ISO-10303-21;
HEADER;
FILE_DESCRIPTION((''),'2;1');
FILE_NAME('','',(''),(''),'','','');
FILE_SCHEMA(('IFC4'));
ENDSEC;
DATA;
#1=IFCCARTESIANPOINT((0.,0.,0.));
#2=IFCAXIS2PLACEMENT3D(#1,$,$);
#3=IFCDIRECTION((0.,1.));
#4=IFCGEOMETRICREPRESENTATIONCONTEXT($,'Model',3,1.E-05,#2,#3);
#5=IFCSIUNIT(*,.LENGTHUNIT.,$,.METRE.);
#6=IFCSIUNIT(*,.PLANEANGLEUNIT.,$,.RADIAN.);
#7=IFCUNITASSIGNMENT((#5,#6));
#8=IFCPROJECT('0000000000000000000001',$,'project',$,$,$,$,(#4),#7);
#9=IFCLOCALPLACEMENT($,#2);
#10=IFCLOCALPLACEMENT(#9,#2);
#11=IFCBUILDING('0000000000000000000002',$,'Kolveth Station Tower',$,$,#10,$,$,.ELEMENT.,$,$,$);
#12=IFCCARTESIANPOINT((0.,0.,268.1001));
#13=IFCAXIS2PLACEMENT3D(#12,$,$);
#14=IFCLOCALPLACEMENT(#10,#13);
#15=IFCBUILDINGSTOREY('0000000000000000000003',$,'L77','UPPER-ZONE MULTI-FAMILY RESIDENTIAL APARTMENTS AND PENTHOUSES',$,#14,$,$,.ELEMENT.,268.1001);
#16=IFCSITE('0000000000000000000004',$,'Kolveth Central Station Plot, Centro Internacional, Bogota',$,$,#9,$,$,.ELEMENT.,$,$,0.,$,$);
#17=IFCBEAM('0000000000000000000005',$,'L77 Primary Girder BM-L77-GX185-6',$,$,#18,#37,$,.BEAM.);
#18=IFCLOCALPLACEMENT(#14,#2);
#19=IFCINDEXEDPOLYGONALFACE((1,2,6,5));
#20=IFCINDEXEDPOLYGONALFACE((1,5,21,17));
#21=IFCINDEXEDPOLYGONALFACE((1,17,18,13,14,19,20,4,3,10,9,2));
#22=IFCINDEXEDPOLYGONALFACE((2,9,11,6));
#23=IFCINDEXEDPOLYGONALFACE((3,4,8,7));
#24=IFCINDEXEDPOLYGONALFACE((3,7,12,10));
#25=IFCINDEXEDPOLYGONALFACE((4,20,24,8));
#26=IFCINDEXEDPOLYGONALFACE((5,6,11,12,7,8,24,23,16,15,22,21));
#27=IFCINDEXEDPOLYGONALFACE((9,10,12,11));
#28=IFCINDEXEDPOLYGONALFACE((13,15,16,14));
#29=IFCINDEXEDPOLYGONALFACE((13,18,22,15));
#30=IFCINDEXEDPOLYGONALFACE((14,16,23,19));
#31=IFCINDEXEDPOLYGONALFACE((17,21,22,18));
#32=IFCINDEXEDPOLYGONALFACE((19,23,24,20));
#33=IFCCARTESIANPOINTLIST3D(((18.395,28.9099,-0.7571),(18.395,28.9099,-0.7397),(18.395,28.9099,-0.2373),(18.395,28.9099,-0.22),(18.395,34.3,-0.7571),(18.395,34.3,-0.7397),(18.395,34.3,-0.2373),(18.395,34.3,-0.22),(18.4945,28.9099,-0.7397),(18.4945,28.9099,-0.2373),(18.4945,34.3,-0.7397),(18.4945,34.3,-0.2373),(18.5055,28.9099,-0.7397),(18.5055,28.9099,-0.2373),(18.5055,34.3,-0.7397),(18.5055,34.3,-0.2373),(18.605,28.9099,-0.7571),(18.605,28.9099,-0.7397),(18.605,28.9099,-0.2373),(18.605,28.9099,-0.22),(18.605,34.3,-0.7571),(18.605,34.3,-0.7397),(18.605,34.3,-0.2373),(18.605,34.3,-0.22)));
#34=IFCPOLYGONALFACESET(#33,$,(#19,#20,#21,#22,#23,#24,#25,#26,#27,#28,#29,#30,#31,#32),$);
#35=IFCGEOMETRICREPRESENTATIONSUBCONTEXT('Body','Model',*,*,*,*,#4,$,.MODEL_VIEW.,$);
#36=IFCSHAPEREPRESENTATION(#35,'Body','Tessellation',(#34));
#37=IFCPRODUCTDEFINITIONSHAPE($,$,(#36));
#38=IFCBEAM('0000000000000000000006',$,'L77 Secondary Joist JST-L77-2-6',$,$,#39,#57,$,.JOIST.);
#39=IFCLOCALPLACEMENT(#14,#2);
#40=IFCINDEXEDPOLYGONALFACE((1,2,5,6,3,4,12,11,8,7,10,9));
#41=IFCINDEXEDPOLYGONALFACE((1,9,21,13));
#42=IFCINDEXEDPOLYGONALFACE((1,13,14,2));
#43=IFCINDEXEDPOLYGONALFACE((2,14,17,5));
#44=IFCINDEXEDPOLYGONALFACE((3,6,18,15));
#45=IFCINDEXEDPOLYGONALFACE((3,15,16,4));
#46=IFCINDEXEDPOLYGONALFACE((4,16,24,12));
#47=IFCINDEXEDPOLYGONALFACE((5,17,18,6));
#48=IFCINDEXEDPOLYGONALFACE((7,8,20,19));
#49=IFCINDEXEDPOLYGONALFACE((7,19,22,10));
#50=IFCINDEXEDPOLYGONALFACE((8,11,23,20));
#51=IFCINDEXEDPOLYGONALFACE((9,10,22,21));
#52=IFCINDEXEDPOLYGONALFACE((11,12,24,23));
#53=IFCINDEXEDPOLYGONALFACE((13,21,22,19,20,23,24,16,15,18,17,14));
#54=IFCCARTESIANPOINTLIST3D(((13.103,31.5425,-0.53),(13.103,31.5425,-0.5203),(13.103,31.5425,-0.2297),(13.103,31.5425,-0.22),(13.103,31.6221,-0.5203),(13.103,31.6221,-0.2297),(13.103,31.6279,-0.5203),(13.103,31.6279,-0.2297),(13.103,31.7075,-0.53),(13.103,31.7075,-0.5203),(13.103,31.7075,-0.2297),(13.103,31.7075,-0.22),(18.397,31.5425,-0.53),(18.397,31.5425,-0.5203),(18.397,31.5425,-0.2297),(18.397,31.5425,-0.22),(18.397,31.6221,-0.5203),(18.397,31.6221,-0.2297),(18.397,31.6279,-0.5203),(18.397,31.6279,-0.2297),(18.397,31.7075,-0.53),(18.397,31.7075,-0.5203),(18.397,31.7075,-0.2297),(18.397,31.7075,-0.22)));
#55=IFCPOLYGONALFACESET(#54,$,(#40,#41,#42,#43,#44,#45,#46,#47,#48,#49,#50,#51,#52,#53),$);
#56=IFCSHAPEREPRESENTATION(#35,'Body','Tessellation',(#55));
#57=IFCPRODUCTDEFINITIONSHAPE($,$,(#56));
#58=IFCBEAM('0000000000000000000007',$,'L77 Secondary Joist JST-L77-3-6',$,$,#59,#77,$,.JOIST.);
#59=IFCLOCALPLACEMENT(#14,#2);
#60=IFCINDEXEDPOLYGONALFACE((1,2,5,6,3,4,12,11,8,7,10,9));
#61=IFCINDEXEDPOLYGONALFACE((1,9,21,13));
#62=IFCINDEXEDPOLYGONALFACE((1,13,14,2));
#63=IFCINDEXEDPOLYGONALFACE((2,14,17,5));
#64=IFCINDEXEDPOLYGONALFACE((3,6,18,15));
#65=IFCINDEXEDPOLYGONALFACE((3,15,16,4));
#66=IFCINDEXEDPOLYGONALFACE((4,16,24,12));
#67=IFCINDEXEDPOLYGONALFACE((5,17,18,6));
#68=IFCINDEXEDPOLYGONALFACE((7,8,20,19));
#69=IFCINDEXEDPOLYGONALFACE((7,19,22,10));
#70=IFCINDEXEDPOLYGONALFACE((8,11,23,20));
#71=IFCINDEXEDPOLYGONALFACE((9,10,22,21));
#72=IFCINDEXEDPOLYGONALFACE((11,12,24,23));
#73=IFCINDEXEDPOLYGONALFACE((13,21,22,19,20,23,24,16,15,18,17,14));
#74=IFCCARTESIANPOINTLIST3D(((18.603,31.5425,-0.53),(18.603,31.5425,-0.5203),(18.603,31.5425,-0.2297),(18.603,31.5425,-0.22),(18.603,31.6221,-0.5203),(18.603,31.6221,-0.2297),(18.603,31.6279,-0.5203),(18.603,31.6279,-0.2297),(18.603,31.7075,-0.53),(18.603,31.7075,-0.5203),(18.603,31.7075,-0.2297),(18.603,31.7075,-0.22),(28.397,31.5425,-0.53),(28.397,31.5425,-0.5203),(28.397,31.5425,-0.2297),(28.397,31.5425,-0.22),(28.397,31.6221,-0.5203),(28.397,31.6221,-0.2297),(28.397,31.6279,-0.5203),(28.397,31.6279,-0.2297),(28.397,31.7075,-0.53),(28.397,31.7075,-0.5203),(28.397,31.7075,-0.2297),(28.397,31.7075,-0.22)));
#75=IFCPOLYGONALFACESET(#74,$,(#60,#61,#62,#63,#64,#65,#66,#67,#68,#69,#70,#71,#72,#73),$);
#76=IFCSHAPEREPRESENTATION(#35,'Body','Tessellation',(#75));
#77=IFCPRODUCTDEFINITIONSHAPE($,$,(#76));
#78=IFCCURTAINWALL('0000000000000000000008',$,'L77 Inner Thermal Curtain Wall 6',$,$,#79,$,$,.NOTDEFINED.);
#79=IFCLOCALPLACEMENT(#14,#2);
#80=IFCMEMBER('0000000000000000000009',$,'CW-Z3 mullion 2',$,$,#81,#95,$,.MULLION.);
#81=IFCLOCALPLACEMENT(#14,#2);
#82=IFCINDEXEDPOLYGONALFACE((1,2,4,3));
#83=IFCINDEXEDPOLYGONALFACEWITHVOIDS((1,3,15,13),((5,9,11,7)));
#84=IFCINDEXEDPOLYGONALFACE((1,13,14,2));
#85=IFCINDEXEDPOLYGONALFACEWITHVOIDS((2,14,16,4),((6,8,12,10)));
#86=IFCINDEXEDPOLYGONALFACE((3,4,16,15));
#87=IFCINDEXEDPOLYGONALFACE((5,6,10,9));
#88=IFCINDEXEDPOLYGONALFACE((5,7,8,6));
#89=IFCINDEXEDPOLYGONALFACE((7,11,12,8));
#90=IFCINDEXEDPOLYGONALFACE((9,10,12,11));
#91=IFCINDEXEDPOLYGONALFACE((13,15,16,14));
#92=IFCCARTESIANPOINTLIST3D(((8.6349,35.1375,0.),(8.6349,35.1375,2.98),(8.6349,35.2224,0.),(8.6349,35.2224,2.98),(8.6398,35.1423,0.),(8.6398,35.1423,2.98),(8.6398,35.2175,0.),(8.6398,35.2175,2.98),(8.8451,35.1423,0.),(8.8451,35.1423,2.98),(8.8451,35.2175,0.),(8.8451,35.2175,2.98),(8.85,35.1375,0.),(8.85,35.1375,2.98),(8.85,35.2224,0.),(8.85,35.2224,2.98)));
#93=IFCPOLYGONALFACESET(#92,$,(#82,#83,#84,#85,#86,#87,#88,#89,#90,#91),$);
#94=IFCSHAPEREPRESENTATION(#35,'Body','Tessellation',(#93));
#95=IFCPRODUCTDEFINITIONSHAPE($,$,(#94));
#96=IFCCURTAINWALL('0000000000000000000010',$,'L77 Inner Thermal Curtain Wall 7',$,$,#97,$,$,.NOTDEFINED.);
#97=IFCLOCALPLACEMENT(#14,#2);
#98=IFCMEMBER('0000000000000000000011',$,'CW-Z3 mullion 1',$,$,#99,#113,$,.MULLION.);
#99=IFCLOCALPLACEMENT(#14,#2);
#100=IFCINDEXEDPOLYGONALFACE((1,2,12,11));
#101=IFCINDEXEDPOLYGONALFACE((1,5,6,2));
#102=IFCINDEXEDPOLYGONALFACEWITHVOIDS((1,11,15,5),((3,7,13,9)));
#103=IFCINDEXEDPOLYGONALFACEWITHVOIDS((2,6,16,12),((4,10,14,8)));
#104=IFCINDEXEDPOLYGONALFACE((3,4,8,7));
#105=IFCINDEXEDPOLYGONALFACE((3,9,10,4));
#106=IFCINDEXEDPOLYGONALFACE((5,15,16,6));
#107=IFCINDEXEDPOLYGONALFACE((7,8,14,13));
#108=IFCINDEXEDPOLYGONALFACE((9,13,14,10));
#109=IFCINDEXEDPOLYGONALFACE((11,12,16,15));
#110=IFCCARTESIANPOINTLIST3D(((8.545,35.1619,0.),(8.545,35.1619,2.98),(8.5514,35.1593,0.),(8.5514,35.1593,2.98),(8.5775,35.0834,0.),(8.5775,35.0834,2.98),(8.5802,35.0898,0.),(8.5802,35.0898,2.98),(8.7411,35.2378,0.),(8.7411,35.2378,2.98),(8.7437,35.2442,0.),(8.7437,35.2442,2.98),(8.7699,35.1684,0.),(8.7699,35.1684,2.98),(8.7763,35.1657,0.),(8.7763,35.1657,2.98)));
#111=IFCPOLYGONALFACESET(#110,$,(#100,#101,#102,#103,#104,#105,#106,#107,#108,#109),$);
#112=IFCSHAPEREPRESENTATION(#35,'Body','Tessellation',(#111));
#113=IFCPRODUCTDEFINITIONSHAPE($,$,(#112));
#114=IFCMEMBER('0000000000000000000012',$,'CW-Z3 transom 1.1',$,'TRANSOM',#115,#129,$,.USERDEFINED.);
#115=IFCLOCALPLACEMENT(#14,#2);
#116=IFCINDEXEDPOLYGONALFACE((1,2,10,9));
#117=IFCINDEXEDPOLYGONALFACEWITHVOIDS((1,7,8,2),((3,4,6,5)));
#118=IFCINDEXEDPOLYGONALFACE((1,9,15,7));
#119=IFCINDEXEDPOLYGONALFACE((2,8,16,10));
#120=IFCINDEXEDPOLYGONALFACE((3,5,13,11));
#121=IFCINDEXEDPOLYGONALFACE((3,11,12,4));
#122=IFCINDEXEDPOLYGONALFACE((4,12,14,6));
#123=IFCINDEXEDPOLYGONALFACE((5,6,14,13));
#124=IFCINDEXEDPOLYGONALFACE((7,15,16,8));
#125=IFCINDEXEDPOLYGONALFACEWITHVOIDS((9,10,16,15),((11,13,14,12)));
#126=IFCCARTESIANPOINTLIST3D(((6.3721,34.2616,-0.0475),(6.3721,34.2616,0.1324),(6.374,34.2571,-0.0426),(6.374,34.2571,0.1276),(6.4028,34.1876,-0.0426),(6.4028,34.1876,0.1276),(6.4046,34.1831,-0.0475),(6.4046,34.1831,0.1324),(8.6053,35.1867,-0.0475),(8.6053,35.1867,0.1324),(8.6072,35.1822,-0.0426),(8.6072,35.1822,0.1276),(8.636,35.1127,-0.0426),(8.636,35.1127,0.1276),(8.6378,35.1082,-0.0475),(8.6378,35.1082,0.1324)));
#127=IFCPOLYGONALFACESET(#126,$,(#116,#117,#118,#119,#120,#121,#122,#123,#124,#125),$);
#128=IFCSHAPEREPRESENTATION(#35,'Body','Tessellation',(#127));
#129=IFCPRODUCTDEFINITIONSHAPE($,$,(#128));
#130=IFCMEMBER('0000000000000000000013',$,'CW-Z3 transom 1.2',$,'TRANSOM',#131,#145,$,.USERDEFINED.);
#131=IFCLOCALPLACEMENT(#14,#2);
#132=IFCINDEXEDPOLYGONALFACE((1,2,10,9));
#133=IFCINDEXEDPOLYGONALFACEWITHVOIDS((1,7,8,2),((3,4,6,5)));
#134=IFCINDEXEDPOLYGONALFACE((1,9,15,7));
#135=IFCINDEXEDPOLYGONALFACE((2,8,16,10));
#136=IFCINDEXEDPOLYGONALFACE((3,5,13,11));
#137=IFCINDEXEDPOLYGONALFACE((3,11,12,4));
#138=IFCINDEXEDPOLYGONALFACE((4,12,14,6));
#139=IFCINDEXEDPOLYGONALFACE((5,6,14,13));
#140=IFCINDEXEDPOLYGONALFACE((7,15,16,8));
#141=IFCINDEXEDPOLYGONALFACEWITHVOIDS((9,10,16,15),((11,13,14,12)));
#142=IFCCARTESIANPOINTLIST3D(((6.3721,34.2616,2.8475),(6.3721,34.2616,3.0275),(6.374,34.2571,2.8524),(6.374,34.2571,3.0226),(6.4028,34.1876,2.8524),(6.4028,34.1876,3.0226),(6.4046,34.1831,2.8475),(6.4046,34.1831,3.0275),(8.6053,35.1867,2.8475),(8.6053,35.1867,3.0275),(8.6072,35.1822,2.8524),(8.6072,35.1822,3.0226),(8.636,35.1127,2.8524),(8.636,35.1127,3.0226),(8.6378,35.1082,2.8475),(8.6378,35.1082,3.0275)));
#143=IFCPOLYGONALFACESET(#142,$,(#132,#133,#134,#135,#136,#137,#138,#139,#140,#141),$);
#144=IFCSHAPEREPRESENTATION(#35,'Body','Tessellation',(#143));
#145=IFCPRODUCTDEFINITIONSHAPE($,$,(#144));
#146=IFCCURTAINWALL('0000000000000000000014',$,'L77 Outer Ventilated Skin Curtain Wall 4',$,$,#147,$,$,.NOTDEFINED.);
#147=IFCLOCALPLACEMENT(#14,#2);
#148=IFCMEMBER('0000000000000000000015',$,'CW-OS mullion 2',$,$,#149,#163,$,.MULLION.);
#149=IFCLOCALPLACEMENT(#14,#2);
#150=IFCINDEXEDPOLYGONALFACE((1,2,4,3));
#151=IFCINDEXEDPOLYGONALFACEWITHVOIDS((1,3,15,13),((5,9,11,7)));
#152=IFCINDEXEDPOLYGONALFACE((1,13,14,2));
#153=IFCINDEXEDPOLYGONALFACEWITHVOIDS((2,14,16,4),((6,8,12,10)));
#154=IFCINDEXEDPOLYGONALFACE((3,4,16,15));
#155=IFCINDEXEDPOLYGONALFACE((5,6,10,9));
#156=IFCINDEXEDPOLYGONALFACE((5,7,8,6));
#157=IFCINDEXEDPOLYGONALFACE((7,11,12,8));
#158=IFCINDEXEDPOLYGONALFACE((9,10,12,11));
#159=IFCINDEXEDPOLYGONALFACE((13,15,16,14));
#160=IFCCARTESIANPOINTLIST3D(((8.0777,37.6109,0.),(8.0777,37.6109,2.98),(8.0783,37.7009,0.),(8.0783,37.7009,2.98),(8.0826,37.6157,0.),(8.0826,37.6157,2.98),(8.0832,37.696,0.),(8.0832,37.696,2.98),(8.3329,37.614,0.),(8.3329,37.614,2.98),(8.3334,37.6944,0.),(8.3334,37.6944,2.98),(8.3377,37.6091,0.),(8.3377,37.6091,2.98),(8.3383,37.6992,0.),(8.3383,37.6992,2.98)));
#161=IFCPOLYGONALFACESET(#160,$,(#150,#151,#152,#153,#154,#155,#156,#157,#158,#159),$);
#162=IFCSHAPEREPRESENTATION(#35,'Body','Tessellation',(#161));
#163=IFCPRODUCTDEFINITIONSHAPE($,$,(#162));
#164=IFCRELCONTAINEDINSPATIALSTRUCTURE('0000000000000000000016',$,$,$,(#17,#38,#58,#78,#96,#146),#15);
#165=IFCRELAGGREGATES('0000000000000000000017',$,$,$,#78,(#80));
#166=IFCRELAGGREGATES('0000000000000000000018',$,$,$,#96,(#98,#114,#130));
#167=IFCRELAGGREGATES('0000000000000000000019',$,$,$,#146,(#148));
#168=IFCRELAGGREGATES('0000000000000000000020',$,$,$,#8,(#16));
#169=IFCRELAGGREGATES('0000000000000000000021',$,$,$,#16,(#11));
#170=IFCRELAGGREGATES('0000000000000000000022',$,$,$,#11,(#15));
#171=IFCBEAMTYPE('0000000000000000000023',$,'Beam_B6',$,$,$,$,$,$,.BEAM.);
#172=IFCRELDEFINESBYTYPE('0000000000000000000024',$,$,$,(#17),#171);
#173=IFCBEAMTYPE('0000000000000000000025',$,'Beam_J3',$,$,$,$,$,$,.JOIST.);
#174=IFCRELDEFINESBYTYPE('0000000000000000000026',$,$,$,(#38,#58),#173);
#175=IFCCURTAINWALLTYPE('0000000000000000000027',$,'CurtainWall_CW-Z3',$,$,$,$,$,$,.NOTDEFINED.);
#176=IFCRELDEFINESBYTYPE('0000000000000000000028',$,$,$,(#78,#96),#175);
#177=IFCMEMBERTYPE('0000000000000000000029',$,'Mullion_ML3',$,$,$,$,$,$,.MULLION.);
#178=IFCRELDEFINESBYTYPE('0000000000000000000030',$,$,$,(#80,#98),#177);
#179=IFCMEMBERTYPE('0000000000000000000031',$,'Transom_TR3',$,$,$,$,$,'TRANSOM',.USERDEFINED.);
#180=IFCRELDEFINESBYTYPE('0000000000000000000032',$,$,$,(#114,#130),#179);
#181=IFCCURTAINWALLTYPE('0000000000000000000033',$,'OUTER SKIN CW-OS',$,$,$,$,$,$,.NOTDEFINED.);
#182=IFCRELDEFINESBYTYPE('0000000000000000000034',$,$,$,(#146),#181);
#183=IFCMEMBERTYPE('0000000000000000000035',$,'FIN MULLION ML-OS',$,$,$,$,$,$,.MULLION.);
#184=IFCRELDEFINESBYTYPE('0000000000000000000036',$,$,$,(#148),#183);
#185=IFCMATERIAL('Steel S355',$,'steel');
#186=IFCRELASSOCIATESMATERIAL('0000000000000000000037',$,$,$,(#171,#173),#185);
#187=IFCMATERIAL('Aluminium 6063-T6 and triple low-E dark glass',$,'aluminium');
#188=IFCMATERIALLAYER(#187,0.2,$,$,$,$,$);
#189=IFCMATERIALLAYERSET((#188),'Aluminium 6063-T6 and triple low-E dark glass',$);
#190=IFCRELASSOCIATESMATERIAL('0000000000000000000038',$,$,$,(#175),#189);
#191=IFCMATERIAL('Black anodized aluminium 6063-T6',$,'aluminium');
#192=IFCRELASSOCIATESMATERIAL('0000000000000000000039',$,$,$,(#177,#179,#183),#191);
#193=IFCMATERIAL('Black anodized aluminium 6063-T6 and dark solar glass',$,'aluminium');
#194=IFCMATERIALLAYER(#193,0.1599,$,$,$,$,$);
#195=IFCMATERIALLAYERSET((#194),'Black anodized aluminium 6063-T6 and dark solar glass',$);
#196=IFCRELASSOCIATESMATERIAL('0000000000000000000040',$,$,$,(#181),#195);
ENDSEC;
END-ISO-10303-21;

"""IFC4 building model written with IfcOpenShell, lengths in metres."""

from ifc_helpers import new_model, si_unit, direction, frame, origin, origin_2d, place, context, subcontext, project, spatial, hollow_rectangle, i_section, extrude, source, transform, mapped, material, layer, layer_set, material_profile, profile_set, type_object, element, aggregate, save


model = new_model("IFC4")

# Units and contexts
model_context = context("Model", 3, precision=1e-05, world=origin(), true_north=direction((0.0, 1.0)))
body_context = subcontext(model_context, "Body", "Model", "MODEL_VIEW")
ifc_project = project(units=[si_unit("LENGTHUNIT", "METRE"), si_unit("PLANEANGLEUNIT", "RADIAN")], contexts=[model_context])

# Site, building, storey
site_placement = place(None, origin())
site = spatial("IfcSite", under=ifc_project, at=site_placement, Name="Kolveth Central Station Plot, Centro Internacional, Bogota", CompositionType="ELEMENT", RefElevation=0.0)
building_placement = place(site_placement, origin())
building = spatial("IfcBuilding", under=site, at=building_placement, Name="Kolveth Station Tower", CompositionType="ELEMENT")
storey_placement = place(building_placement, frame((0.0, 0.0, 268.1001)))
storey = spatial("IfcBuildingStorey", under=building, at=storey_placement, Name="L77", Description="UPPER-ZONE MULTI-FAMILY RESIDENTIAL APARTMENTS AND PENTHOUSES", CompositionType="ELEMENT", Elevation=268.1001)

# Shared definitions
ifc_material_1 = material(Name="Steel S355", Category="steel")

# Beams
ifc_material_profile_1 = material_profile(ifc_material_1, i_section(OverallWidth=0.21, OverallDepth=0.5371, WebThickness=0.011, FlangeThickness=0.0173, at=origin_2d()), Name="W530x101")
ifc_profile_set_1 = profile_set([ifc_material_profile_1], Name="Steel S355")
beam_type_1 = type_object("IfcBeamType", Name="Beam_B6", PredefinedType="BEAM", material=ifc_profile_set_1)
shared_shape_1 = source(origin(), body_context, "Body", "SweptSolid", [
    extrude(i_section(OverallWidth=0.21, OverallDepth=0.5371, WebThickness=0.011, FlangeThickness=0.0173, at=origin_2d()), origin(), (0.0, 0.0, 1.0), 5.3901),
])
beam_1_placement = place(storey_placement, frame((18.5, 28.9099, -0.4885), z_axis=(0.0, 1.0, 0.0), x_axis=(-1.0, 0.0, 0.0)))
element("IfcBeam", 1, at=beam_1_placement, inside=storey, type_object=beam_type_1, Name="L77 Primary Girder BM-L77-GX185-6", PredefinedType="BEAM", context=body_context, shape_type="MappedRepresentation", body=[
    mapped(shared_shape_1, transform((0.0, 0.0, 0.0), x_axis=(1.0, 0.0, 0.0), y_axis=(0.0, 1.0, 0.0), z_axis=(0.0, 0.0, 1.0), scale=1.0)),
])
ifc_material_profile_2 = material_profile(ifc_material_1, i_section(OverallWidth=0.165, OverallDepth=0.3101, WebThickness=0.0059, FlangeThickness=0.0098, at=origin_2d()), Name="W310x39")
ifc_profile_set_2 = profile_set([ifc_material_profile_2], Name="Steel S355")
beam_type_2 = type_object("IfcBeamType", Name="Beam_J3", PredefinedType="JOIST", material=ifc_profile_set_2)
shared_shape_2 = source(origin(), body_context, "Body", "SweptSolid", [
    extrude(i_section(OverallWidth=0.165, OverallDepth=0.3101, WebThickness=0.0059, FlangeThickness=0.0098, at=origin_2d()), origin(), (0.0, 0.0, 1.0), 5.2939),
])
beam_2_placement = place(storey_placement, frame((13.103, 31.625, -0.375), z_axis=(1.0, 0.0, 0.0), x_axis=(0.0, 1.0, 0.0)))
element("IfcBeam", 2, at=beam_2_placement, inside=storey, type_object=beam_type_2, Name="L77 Secondary Joist JST-L77-2-6", PredefinedType="JOIST", context=body_context, shape_type="MappedRepresentation", body=[
    mapped(shared_shape_2, transform((0.0, 0.0, 0.0), x_axis=(1.0, 0.0, 0.0), y_axis=(0.0, 1.0, 0.0), z_axis=(0.0, 0.0, 1.0), scale=1.0)),
])
shared_shape_3 = source(origin(), body_context, "Body", "SweptSolid", [
    extrude(i_section(OverallWidth=0.165, OverallDepth=0.3101, WebThickness=0.0059, FlangeThickness=0.0098, at=origin_2d()), origin(), (0.0, 0.0, 1.0), 9.7939),
])
beam_3_placement = place(storey_placement, frame((18.603, 31.625, -0.375), z_axis=(1.0, 0.0, 0.0), x_axis=(0.0, 1.0, 0.0)))
element("IfcBeam", 3, at=beam_3_placement, inside=storey, type_object=beam_type_2, Name="L77 Secondary Joist JST-L77-3-6", PredefinedType="JOIST", context=body_context, shape_type="MappedRepresentation", body=[
    mapped(shared_shape_3, transform((0.0, 0.0, 0.0), x_axis=(1.0, 0.0, 0.0), y_axis=(0.0, 1.0, 0.0), z_axis=(0.0, 0.0, 1.0), scale=1.0)),
])

# Curtain wall, member
ifc_material_2 = material(Name="Aluminium 6063-T6 and triple low-E dark glass", Category="aluminium")
ifc_layer_1 = layer(ifc_material_2, 0.2)
ifc_layer_set_1 = layer_set([ifc_layer_1], Name="Aluminium 6063-T6 and triple low-E dark glass")
curtain_wall_type_1 = type_object("IfcCurtainWallType", Name="CurtainWall_CW-Z3", PredefinedType="NOTDEFINED", material=ifc_layer_set_1)
curtain_wall_1_placement = place(storey_placement, origin())
curtain_wall_1 = element("IfcCurtainWall", 4, at=curtain_wall_1_placement, inside=storey, type_object=curtain_wall_type_1, Name="L77 Inner Thermal Curtain Wall 6", PredefinedType="NOTDEFINED")
ifc_material_3 = material(Name="Black anodized aluminium 6063-T6", Category="aluminium")
ifc_material_profile_3 = material_profile(ifc_material_3, hollow_rectangle(XDim=0.085, YDim=0.2151, WallThickness=0.0049, at=origin_2d()), Name="ALU-85x215x5")
ifc_profile_set_3 = profile_set([ifc_material_profile_3], Name="Black anodized aluminium 6063-T6")
member_type_1 = type_object("IfcMemberType", Name="Mullion_ML3", PredefinedType="MULLION", material=ifc_profile_set_3)
shared_shape_4 = source(origin(), body_context, "Body", "SweptSolid", [
    extrude(hollow_rectangle(XDim=0.085, YDim=0.2151, WallThickness=0.0049, at=origin_2d()), origin(), (0.0, 0.0, 1.0), 2.98),
])
member_1_placement = place(storey_placement, frame((8.7424, 35.1799, 0.0), z_axis=(0.0, 0.0, 1.0), x_axis=(0.0, -1.0, 0.0)))
member_1 = element("IfcMember", 5, at=member_1_placement, type_object=member_type_1, Name="CW-Z3 mullion 2", PredefinedType="MULLION", context=body_context, shape_type="MappedRepresentation", body=[
    mapped(shared_shape_4, transform((0.0, 0.0, 0.0), x_axis=(1.0, 0.0, 0.0), y_axis=(0.0, 1.0, 0.0), z_axis=(0.0, 0.0, 1.0), scale=1.0)),
])
aggregate(curtain_wall_1, [member_1])

# Curtain wall, members
curtain_wall_2_placement = place(storey_placement, origin())
curtain_wall_2 = element("IfcCurtainWall", 6, at=curtain_wall_2_placement, inside=storey, type_object=curtain_wall_type_1, Name="L77 Inner Thermal Curtain Wall 7", PredefinedType="NOTDEFINED")
member_2_placement = place(storey_placement, frame((8.6606, 35.1638, 0.0), z_axis=(0.0, 0.0, 1.0), x_axis=(0.382693, -0.923875, 0.0)))
member_2 = element("IfcMember", 7, at=member_2_placement, type_object=member_type_1, Name="CW-Z3 mullion 1", PredefinedType="MULLION", context=body_context, shape_type="MappedRepresentation", body=[
    mapped(shared_shape_4, transform((0.0, 0.0, 0.0), x_axis=(1.0, 0.0, 0.0), y_axis=(0.0, 1.0, 0.0), z_axis=(0.0, 0.0, 1.0), scale=1.0)),
])
ifc_material_profile_4 = material_profile(ifc_material_3, hollow_rectangle(XDim=0.085, YDim=0.1799, WallThickness=0.0049, at=origin_2d()), Name="ALU-85x180x5")
ifc_profile_set_4 = profile_set([ifc_material_profile_4], Name="Black anodized aluminium 6063-T6")
member_type_2 = type_object("IfcMemberType", Name="Transom_TR3", ElementType="TRANSOM", PredefinedType="USERDEFINED", material=ifc_profile_set_4)
shared_shape_5 = source(origin(), body_context, "Body", "SweptSolid", [
    extrude(hollow_rectangle(XDim=0.085, YDim=0.1799, WallThickness=0.0049, at=origin_2d()), origin(), (0.0, 0.0, 1.0), 2.4172),
])
member_3_placement = place(storey_placement, frame((8.6216, 35.1475, 0.0425), z_axis=(-0.923873, -0.3827, 0.0), x_axis=(0.3827, -0.923873, 0.0)))
member_3 = element("IfcMember", 8, at=member_3_placement, type_object=member_type_2, Name="CW-Z3 transom 1.1", ObjectType="TRANSOM", PredefinedType="USERDEFINED", context=body_context, shape_type="MappedRepresentation", body=[
    mapped(shared_shape_5, transform((0.0, 0.0, 0.0), x_axis=(1.0, 0.0, 0.0), y_axis=(0.0, 1.0, 0.0), z_axis=(0.0, 0.0, 1.0), scale=1.0)),
])
member_4_placement = place(storey_placement, frame((8.6216, 35.1475, 2.9375), z_axis=(-0.923873, -0.3827, 0.0), x_axis=(0.3827, -0.923873, 0.0)))
member_4 = element("IfcMember", 9, at=member_4_placement, type_object=member_type_2, Name="CW-Z3 transom 1.2", ObjectType="TRANSOM", PredefinedType="USERDEFINED", context=body_context, shape_type="MappedRepresentation", body=[
    mapped(shared_shape_5, transform((0.0, 0.0, 0.0), x_axis=(1.0, 0.0, 0.0), y_axis=(0.0, 1.0, 0.0), z_axis=(0.0, 0.0, 1.0), scale=1.0)),
])
aggregate(curtain_wall_2, [member_2, member_3, member_4])

# Curtain wall, member
ifc_material_4 = material(Name="Black anodized aluminium 6063-T6 and dark solar glass", Category="aluminium")
ifc_layer_2 = layer(ifc_material_4, 0.1599)
ifc_layer_set_2 = layer_set([ifc_layer_2], Name="Black anodized aluminium 6063-T6 and dark solar glass")
curtain_wall_type_2 = type_object("IfcCurtainWallType", Name="OUTER SKIN CW-OS", PredefinedType="NOTDEFINED", material=ifc_layer_set_2)
curtain_wall_3_placement = place(storey_placement, origin())
curtain_wall_3 = element("IfcCurtainWall", 10, at=curtain_wall_3_placement, inside=storey, type_object=curtain_wall_type_2, Name="L77 Outer Ventilated Skin Curtain Wall 4", PredefinedType="NOTDEFINED")
ifc_material_profile_5 = material_profile(ifc_material_3, hollow_rectangle(XDim=0.0901, YDim=0.26, WallThickness=0.0049, at=origin_2d()), Name="ALU-90x260x5")
ifc_profile_set_5 = profile_set([ifc_material_profile_5], Name="Black anodized aluminium 6063-T6")
member_type_3 = type_object("IfcMemberType", Name="FIN MULLION ML-OS", PredefinedType="MULLION", material=ifc_profile_set_5)
shared_shape_6 = source(origin(), body_context, "Body", "SweptSolid", [
    extrude(hollow_rectangle(XDim=0.0901, YDim=0.26, WallThickness=0.0049, at=origin_2d()), origin(), (0.0, 0.0, 1.0), 2.98),
])
member_5_placement = place(storey_placement, frame((8.208, 37.655, 0.0), z_axis=(0.0, 0.0, 1.0), x_axis=(-0.006677, -0.999978, 0.0)))
member_5 = element("IfcMember", 11, at=member_5_placement, type_object=member_type_3, Name="CW-OS mullion 2", PredefinedType="MULLION", context=body_context, shape_type="MappedRepresentation", body=[
    mapped(shared_shape_6, transform((0.0, 0.0, 0.0), x_axis=(1.0, 0.0, 0.0), y_axis=(0.0, 1.0, 0.0), z_axis=(0.0, 0.0, 1.0), scale=1.0)),
])
aggregate(curtain_wall_3, [member_5])

save(model, "model.ifc")
